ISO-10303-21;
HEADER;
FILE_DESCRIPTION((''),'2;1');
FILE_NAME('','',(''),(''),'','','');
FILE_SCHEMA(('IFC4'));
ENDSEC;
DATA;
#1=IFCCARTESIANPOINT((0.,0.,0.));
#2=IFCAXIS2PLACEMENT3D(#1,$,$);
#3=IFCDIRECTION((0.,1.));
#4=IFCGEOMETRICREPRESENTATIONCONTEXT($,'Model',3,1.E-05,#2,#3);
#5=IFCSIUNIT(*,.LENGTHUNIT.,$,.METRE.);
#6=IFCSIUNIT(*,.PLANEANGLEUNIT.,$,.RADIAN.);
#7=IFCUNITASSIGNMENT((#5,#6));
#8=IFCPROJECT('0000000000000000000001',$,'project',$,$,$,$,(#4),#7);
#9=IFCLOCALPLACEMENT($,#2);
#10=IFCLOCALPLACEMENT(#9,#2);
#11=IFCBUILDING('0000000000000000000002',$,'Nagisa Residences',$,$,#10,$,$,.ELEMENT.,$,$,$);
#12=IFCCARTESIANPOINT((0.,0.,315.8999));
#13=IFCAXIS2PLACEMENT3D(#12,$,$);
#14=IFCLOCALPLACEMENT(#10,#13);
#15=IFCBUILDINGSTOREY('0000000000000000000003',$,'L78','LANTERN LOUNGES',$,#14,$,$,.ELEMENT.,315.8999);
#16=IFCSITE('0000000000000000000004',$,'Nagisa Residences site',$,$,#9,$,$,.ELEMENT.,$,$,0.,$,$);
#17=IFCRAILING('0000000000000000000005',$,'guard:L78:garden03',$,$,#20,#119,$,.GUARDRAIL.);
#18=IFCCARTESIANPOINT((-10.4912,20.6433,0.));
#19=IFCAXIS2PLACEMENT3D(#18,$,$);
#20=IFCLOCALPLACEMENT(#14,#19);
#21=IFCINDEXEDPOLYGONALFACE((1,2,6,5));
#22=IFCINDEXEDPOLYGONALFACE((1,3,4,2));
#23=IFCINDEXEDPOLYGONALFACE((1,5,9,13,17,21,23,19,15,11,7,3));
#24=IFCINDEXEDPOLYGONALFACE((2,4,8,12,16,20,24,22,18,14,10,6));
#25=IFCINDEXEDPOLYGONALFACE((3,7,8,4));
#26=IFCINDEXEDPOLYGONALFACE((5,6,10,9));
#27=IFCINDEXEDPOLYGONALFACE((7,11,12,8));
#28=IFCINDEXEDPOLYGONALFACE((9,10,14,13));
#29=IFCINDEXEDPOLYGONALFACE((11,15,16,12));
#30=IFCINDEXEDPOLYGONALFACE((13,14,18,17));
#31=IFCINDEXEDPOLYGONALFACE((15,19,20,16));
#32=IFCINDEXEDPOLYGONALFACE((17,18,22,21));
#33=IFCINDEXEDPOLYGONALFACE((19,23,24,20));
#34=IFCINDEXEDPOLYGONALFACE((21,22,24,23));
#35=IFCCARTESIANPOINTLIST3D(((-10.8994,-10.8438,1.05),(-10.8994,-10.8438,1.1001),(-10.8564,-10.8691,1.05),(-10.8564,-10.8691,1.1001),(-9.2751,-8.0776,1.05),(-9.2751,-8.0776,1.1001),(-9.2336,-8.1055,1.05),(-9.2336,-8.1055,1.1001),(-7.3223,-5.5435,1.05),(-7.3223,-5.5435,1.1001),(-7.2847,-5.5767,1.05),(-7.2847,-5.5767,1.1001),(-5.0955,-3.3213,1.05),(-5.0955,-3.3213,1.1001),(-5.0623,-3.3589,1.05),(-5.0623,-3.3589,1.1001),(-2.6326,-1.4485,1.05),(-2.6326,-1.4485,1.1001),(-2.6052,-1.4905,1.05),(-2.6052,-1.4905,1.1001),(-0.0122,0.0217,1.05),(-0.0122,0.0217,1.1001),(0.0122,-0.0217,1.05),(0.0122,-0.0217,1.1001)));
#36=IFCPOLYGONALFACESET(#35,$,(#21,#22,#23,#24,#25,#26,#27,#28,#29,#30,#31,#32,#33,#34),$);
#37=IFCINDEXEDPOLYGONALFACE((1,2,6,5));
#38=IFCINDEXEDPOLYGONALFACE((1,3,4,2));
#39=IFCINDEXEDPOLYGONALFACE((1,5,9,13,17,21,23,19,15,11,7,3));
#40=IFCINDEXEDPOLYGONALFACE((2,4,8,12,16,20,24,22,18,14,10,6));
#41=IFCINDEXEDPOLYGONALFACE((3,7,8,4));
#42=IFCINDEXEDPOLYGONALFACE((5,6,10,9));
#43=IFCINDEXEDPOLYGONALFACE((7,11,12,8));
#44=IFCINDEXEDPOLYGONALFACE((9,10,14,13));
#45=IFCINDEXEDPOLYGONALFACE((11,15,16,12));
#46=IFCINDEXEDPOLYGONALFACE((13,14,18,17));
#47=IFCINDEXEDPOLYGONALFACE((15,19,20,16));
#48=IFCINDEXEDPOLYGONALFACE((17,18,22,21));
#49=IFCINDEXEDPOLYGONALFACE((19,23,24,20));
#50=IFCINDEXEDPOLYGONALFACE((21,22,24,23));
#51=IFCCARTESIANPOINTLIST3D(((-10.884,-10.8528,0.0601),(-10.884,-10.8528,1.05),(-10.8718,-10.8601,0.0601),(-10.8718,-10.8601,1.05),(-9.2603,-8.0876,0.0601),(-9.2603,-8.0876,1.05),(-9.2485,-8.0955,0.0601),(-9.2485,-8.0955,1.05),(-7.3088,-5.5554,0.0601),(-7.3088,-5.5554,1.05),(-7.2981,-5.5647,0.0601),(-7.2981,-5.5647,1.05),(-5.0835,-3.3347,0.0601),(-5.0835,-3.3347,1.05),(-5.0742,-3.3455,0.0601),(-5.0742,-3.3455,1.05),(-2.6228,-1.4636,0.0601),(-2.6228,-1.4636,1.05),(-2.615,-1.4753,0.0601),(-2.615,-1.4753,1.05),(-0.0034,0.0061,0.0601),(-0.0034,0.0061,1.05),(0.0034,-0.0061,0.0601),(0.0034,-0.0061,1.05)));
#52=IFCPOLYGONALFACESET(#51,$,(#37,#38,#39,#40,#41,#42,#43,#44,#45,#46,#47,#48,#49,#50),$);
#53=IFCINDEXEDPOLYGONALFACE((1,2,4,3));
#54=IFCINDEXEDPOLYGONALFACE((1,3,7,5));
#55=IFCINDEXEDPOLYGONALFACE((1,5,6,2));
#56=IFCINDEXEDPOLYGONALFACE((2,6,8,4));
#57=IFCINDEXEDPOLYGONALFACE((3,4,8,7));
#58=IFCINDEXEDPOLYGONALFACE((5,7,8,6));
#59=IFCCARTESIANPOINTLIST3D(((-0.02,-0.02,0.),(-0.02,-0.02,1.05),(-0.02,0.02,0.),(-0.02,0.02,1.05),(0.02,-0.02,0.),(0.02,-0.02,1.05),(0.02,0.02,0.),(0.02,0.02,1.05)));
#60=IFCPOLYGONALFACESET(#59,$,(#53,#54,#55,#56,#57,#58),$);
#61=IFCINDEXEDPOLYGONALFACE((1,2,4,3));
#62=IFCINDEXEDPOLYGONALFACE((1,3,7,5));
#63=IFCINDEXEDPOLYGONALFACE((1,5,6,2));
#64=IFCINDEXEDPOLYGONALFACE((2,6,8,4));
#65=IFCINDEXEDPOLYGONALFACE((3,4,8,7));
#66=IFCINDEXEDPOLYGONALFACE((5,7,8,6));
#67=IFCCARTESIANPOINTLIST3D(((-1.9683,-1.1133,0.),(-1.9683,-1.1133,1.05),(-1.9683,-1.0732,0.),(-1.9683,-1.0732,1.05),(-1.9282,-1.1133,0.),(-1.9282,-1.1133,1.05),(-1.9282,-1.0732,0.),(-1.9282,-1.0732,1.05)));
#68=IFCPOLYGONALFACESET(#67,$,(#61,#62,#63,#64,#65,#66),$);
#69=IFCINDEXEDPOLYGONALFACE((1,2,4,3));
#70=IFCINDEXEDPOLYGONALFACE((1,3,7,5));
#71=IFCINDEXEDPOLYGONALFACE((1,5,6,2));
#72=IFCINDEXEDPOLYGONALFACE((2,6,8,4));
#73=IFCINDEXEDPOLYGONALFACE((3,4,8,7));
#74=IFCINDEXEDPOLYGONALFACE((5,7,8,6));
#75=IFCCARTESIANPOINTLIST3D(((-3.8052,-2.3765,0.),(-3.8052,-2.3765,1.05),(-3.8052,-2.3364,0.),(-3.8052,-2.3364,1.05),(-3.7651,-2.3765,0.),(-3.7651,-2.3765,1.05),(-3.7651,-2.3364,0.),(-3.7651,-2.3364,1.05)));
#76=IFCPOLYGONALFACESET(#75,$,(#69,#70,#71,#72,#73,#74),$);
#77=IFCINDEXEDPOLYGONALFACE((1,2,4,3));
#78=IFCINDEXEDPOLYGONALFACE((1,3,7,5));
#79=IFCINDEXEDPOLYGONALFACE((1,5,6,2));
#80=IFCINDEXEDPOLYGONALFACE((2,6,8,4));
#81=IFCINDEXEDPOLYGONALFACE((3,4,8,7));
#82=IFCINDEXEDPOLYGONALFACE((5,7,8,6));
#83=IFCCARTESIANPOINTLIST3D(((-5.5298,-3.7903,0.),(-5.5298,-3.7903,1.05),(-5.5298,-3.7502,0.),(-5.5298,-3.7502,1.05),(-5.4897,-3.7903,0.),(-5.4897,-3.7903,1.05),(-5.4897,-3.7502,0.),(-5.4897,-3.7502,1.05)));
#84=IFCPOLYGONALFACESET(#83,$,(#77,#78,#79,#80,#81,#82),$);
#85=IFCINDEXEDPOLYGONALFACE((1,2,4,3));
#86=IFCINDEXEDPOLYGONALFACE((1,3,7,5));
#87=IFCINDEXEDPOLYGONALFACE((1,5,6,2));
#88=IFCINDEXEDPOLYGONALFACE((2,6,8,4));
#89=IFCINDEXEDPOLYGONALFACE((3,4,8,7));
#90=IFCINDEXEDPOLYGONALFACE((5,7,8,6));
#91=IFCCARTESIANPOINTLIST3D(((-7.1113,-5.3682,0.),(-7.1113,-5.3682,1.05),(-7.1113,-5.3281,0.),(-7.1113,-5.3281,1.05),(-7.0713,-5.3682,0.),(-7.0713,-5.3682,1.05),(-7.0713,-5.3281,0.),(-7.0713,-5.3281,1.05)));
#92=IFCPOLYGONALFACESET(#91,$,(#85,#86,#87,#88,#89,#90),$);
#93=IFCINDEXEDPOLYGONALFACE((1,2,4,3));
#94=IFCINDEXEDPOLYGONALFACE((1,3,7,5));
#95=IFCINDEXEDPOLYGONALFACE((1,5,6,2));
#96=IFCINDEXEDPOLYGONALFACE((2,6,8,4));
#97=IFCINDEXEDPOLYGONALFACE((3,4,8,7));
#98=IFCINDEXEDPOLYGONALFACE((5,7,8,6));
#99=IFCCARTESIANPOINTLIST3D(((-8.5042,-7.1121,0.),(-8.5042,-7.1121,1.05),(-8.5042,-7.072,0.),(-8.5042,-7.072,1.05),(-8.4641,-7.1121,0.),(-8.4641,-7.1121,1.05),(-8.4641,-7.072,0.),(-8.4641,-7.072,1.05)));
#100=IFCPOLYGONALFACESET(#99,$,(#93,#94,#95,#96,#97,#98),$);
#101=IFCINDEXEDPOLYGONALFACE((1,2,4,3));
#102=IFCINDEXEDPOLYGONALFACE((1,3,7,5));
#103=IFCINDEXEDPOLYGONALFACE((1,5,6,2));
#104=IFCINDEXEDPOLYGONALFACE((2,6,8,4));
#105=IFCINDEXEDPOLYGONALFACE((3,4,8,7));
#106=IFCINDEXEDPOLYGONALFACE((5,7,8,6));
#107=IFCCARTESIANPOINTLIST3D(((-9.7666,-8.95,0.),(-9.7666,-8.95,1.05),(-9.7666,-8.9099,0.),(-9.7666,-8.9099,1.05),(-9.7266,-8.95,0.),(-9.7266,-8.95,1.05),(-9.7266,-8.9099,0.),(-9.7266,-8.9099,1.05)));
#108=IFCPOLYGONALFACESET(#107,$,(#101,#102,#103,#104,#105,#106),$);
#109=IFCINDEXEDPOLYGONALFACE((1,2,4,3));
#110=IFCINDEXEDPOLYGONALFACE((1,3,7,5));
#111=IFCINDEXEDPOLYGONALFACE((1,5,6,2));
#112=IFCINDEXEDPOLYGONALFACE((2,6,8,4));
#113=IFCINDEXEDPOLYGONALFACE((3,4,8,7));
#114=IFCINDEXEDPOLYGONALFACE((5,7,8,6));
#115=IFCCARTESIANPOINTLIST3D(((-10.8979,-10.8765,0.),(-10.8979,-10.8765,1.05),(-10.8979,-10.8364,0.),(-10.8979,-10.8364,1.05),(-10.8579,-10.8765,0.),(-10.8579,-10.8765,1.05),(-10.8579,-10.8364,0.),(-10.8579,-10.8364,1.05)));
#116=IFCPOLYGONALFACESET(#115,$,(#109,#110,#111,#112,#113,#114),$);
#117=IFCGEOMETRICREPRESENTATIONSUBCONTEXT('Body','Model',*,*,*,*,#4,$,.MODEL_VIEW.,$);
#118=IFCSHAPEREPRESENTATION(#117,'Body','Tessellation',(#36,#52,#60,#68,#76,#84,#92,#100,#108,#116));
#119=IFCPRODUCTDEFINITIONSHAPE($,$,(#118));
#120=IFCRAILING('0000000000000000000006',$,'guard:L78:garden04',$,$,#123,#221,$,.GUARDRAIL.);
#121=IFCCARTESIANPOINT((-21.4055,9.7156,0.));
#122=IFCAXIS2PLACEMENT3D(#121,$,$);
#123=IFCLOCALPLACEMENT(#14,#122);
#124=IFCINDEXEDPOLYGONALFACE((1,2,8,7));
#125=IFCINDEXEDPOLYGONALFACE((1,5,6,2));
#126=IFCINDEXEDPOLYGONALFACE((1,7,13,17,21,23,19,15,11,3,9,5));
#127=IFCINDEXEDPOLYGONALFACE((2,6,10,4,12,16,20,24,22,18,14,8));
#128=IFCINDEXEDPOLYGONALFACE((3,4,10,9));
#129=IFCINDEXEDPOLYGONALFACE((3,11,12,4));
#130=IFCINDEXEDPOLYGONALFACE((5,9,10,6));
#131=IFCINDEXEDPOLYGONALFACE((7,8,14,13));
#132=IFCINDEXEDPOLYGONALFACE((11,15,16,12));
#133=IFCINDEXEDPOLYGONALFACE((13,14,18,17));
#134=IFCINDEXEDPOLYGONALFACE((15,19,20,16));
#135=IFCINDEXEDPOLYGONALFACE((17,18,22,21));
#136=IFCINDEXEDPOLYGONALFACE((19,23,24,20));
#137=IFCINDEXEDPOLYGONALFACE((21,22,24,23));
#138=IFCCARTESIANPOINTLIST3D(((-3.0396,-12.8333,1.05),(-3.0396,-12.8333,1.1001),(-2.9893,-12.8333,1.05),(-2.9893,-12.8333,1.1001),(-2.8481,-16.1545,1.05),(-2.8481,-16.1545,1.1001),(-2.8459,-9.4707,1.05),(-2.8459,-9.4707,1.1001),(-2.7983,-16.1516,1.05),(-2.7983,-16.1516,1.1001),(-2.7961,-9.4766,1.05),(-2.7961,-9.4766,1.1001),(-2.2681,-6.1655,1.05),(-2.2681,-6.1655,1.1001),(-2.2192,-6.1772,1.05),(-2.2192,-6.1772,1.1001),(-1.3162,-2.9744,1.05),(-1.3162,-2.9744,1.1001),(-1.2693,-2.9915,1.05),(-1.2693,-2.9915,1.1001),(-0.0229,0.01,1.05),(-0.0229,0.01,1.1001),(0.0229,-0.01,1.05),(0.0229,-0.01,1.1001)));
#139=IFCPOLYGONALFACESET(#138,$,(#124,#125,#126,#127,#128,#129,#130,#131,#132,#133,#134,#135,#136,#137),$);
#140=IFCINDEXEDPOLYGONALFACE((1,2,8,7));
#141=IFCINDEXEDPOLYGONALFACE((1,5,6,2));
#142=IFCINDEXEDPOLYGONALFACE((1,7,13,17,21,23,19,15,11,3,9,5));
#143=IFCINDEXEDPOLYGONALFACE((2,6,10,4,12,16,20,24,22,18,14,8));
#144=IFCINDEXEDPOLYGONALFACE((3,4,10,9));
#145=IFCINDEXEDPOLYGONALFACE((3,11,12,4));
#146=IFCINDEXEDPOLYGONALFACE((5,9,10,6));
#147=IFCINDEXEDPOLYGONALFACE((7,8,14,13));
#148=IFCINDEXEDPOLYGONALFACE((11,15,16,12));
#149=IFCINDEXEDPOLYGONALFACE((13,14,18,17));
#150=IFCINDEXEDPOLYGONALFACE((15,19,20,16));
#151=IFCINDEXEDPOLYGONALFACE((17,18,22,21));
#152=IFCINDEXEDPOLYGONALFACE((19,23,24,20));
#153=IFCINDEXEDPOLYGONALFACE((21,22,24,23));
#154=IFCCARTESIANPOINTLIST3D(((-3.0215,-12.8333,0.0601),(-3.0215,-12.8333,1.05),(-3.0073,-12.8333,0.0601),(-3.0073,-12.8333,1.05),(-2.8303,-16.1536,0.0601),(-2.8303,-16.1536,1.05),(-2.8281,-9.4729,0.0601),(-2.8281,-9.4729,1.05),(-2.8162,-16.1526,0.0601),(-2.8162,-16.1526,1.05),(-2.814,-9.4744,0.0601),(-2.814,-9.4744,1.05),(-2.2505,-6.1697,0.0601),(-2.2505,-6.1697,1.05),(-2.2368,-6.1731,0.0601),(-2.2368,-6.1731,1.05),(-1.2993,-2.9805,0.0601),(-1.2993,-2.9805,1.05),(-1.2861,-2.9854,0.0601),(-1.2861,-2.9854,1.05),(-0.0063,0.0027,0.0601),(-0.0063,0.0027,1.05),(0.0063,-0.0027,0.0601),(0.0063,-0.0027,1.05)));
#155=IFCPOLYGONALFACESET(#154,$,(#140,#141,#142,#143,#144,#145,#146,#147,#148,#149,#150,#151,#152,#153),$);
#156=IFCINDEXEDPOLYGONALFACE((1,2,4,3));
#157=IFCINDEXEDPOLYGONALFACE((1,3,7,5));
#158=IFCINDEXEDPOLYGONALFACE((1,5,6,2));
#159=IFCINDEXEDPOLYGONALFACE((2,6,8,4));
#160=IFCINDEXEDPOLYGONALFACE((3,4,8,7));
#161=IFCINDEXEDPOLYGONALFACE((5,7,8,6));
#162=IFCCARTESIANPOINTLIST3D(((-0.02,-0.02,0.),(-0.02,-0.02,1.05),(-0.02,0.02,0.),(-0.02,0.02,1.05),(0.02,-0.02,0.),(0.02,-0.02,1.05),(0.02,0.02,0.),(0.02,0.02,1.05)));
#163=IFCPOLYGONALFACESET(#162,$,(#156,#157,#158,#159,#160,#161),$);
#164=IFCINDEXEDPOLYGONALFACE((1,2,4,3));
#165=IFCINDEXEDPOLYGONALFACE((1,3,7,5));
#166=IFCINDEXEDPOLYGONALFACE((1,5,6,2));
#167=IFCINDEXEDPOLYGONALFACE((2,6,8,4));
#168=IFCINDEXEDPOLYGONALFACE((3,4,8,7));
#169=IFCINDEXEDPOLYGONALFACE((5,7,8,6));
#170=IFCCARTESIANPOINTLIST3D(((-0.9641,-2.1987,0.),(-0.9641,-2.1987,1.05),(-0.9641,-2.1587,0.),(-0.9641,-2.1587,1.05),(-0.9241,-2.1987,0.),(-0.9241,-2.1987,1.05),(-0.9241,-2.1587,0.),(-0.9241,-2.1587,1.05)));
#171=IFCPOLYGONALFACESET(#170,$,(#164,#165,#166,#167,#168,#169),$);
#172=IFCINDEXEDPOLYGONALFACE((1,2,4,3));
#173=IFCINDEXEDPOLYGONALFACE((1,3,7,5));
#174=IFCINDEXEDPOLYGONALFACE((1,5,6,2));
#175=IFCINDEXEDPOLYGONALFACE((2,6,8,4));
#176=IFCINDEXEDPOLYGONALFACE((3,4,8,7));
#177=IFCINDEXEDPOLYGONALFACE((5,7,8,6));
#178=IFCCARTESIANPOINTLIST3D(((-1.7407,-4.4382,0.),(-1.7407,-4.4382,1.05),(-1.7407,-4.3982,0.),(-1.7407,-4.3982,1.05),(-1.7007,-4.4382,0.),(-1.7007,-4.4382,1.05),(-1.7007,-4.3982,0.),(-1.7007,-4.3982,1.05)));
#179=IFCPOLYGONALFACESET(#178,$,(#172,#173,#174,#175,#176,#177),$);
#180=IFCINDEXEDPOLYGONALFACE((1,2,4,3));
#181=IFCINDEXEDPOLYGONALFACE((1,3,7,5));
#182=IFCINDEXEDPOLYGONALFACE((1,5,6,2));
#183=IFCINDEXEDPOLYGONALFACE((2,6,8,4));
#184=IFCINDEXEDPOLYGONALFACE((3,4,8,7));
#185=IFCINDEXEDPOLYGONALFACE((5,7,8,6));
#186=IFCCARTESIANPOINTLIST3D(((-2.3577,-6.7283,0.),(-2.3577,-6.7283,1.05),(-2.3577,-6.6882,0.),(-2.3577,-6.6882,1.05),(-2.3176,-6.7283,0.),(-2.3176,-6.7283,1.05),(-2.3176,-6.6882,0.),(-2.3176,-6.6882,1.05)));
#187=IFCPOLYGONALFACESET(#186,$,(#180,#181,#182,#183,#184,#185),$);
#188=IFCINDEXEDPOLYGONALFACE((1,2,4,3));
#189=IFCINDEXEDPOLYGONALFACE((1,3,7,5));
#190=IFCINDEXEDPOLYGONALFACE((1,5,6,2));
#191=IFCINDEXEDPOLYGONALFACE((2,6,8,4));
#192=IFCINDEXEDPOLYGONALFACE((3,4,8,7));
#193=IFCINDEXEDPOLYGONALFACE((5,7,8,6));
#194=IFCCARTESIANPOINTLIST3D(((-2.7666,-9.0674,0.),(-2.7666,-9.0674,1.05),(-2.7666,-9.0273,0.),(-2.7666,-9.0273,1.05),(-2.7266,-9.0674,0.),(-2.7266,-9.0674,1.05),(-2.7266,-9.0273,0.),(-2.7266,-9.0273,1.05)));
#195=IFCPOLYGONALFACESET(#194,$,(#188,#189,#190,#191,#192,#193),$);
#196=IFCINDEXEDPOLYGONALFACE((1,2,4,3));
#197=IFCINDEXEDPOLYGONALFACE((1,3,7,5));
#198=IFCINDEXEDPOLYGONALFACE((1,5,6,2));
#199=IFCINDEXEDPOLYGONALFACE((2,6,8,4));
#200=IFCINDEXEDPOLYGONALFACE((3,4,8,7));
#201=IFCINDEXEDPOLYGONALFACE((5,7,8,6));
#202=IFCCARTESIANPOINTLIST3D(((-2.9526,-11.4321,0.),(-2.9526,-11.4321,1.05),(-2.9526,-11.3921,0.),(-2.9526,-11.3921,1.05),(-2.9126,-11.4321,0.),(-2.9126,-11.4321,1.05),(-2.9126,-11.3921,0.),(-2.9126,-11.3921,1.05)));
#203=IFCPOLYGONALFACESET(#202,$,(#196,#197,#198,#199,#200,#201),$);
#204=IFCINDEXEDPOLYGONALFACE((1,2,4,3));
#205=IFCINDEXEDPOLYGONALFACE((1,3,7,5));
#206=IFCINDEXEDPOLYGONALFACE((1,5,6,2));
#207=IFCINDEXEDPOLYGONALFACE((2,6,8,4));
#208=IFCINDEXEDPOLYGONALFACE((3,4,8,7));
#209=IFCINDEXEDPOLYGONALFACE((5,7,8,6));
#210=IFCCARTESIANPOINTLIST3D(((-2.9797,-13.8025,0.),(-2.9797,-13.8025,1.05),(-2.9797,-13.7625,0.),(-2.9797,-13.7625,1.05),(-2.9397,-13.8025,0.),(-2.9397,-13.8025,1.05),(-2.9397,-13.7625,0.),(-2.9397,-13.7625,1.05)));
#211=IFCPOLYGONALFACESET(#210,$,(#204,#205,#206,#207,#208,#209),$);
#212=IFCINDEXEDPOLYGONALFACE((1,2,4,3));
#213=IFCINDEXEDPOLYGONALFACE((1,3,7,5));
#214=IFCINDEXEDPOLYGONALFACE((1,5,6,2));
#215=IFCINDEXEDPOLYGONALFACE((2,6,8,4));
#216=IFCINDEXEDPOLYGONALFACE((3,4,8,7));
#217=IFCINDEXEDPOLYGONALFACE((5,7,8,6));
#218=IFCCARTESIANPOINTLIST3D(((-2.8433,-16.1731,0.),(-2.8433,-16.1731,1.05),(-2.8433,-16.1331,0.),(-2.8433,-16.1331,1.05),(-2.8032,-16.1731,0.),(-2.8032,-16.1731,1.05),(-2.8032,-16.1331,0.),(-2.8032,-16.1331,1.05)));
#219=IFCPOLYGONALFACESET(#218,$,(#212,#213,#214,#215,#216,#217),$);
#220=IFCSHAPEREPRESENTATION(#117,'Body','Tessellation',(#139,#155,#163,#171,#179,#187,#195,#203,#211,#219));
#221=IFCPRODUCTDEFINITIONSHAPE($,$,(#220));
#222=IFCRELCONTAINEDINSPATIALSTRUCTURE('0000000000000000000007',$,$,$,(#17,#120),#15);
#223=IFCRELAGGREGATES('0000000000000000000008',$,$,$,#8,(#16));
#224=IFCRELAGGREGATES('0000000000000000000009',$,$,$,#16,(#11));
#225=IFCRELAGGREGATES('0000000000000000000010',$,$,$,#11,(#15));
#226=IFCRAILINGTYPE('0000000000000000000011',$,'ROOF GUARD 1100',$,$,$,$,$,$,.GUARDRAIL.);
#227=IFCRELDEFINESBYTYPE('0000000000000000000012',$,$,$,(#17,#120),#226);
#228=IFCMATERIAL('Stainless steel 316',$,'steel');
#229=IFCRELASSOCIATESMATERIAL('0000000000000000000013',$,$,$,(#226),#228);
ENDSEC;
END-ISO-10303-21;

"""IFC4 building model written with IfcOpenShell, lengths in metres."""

from ifc_helpers import new_model, si_unit, direction, frame, origin, origin_2d, place, context, subcontext, project, spatial, polyline, rectangle, outline, extrude, material, type_object, element, save


model = new_model("IFC4")

# Units and contexts
model_context = context("Model", 3, precision=1e-05, world=origin(), true_north=direction((0.0, 1.0)))
body_context = subcontext(model_context, "Body", "Model", "MODEL_VIEW")
ifc_project = project(units=[si_unit("LENGTHUNIT", "METRE"), si_unit("PLANEANGLEUNIT", "RADIAN")], contexts=[model_context])

# Site, building, storey
site_placement = place(None, origin())
site = spatial("IfcSite", under=ifc_project, at=site_placement, Name="Nagisa Residences site", CompositionType="ELEMENT", RefElevation=0.0)
building_placement = place(site_placement, origin())
building = spatial("IfcBuilding", under=site, at=building_placement, Name="Nagisa Residences", CompositionType="ELEMENT")
storey_placement = place(building_placement, frame((0.0, 0.0, 315.8999)))
storey = spatial("IfcBuildingStorey", under=building, at=storey_placement, Name="L78", Description="LANTERN LOUNGES", CompositionType="ELEMENT", Elevation=315.8999)

# Railings
ifc_material_1 = material(Name="Stainless steel 316", Category="steel")
railing_type = type_object("IfcRailingType", Name="ROOF GUARD 1100", PredefinedType="GUARDRAIL", material=ifc_material_1)
railing_1_placement = place(storey_placement, frame((-10.4912, 20.6433, 0.0)))
element("IfcRailing", 1, at=railing_1_placement, inside=storey, type_object=railing_type, Name="guard:L78:garden03", PredefinedType="GUARDRAIL", context=body_context, shape_type="SweptSolid", body=[
    extrude(outline(polyline([(-2.6052, -1.4905), (0.0122, -0.0217), (-0.0122, 0.0217), (-2.6326, -1.4485), (-5.0955, -3.3213), (-7.3223, -5.5435), (-9.2751, -8.0776), (-10.8994, -10.8438), (-10.8564, -10.8691), (-9.2336, -8.1055), (-7.2847, -5.5767), (-5.0623, -3.3589), (-2.6052, -1.4905)])), frame((0.0, 0.0, 1.05)), (0.0, 0.0, 1.0), 0.05),
    extrude(outline(polyline([(-2.615, -1.4753), (0.0034, -0.0061), (-0.0034, 0.0061), (-2.6228, -1.4636), (-5.0835, -3.3347), (-7.3088, -5.5554), (-9.2603, -8.0876), (-10.884, -10.8528), (-10.8718, -10.8601), (-9.2485, -8.0955), (-7.2981, -5.5647), (-5.0742, -3.3455), (-2.615, -1.4753)])), frame((0.0, 0.0, 0.0601)), (0.0, 0.0, 1.0), 0.99),
    extrude(rectangle(XDim=0.04, YDim=0.04, at=origin_2d()), origin(), (0.0, 0.0, 1.0), 1.05),
    extrude(rectangle(XDim=0.04, YDim=0.04, at=origin_2d()), frame((-1.9482, -1.0933, 0.0)), (0.0, 0.0, 1.0), 1.05),
    extrude(rectangle(XDim=0.04, YDim=0.04, at=origin_2d()), frame((-3.7852, -2.3564, 0.0)), (0.0, 0.0, 1.0), 1.05),
    extrude(rectangle(XDim=0.04, YDim=0.04, at=origin_2d()), frame((-5.5098, -3.7703, 0.0)), (0.0, 0.0, 1.0), 1.05),
    extrude(rectangle(XDim=0.04, YDim=0.04, at=origin_2d()), frame((-7.0913, -5.3481, 0.0)), (0.0, 0.0, 1.0), 1.05),
    extrude(rectangle(XDim=0.04, YDim=0.04, at=origin_2d()), frame((-8.4841, -7.092, 0.0)), (0.0, 0.0, 1.0), 1.05),
    extrude(rectangle(XDim=0.04, YDim=0.04, at=origin_2d()), frame((-9.7466, -8.9299, 0.0)), (0.0, 0.0, 1.0), 1.05),
    extrude(rectangle(XDim=0.04, YDim=0.04, at=origin_2d()), frame((-10.8779, -10.8564, 0.0)), (0.0, 0.0, 1.0), 1.05),
])
railing_2_placement = place(storey_placement, frame((-21.4055, 9.7156, 0.0)))
element("IfcRailing", 2, at=railing_2_placement, inside=storey, type_object=railing_type, Name="guard:L78:garden04", PredefinedType="GUARDRAIL", context=body_context, shape_type="SweptSolid", body=[
    extrude(outline(polyline([(-1.2693, -2.9915), (0.0229, -0.01), (-0.0229, 0.01), (-1.3162, -2.9744), (-2.2681, -6.1655), (-2.8459, -9.4707), (-3.0396, -12.8333), (-2.8481, -16.1545), (-2.7983, -16.1516), (-2.9893, -12.8333), (-2.7961, -9.4766), (-2.2192, -6.1772), (-1.2693, -2.9915)])), frame((0.0, 0.0, 1.05)), (0.0, 0.0, 1.0), 0.05),
    extrude(outline(polyline([(-1.2861, -2.9854), (0.0063, -0.0027), (-0.0063, 0.0027), (-1.2993, -2.9805), (-2.2505, -6.1697), (-2.8281, -9.4729), (-3.0215, -12.8333), (-2.8303, -16.1536), (-2.8162, -16.1526), (-3.0073, -12.8333), (-2.814, -9.4744), (-2.2368, -6.1731), (-1.2861, -2.9854)])), frame((0.0, 0.0, 0.0601)), (0.0, 0.0, 1.0), 0.99),
    extrude(rectangle(XDim=0.04, YDim=0.04, at=origin_2d()), origin(), (0.0, 0.0, 1.0), 1.05),
    extrude(rectangle(XDim=0.04, YDim=0.04, at=origin_2d()), frame((-0.9441, -2.1787, 0.0)), (0.0, 0.0, 1.0), 1.05),
    extrude(rectangle(XDim=0.04, YDim=0.04, at=origin_2d()), frame((-1.7207, -4.4182, 0.0)), (0.0, 0.0, 1.0), 1.05),
    extrude(rectangle(XDim=0.04, YDim=0.04, at=origin_2d()), frame((-2.3376, -6.7083, 0.0)), (0.0, 0.0, 1.0), 1.05),
    extrude(rectangle(XDim=0.04, YDim=0.04, at=origin_2d()), frame((-2.7466, -9.0474, 0.0)), (0.0, 0.0, 1.0), 1.05),
    extrude(rectangle(XDim=0.04, YDim=0.04, at=origin_2d()), frame((-2.9326, -11.4121, 0.0)), (0.0, 0.0, 1.0), 1.05),
    extrude(rectangle(XDim=0.04, YDim=0.04, at=origin_2d()), frame((-2.9597, -13.7825, 0.0)), (0.0, 0.0, 1.0), 1.05),
    extrude(rectangle(XDim=0.04, YDim=0.04, at=origin_2d()), frame((-2.8232, -16.1531, 0.0)), (0.0, 0.0, 1.0), 1.05),
])

save(model, "model.ifc")
